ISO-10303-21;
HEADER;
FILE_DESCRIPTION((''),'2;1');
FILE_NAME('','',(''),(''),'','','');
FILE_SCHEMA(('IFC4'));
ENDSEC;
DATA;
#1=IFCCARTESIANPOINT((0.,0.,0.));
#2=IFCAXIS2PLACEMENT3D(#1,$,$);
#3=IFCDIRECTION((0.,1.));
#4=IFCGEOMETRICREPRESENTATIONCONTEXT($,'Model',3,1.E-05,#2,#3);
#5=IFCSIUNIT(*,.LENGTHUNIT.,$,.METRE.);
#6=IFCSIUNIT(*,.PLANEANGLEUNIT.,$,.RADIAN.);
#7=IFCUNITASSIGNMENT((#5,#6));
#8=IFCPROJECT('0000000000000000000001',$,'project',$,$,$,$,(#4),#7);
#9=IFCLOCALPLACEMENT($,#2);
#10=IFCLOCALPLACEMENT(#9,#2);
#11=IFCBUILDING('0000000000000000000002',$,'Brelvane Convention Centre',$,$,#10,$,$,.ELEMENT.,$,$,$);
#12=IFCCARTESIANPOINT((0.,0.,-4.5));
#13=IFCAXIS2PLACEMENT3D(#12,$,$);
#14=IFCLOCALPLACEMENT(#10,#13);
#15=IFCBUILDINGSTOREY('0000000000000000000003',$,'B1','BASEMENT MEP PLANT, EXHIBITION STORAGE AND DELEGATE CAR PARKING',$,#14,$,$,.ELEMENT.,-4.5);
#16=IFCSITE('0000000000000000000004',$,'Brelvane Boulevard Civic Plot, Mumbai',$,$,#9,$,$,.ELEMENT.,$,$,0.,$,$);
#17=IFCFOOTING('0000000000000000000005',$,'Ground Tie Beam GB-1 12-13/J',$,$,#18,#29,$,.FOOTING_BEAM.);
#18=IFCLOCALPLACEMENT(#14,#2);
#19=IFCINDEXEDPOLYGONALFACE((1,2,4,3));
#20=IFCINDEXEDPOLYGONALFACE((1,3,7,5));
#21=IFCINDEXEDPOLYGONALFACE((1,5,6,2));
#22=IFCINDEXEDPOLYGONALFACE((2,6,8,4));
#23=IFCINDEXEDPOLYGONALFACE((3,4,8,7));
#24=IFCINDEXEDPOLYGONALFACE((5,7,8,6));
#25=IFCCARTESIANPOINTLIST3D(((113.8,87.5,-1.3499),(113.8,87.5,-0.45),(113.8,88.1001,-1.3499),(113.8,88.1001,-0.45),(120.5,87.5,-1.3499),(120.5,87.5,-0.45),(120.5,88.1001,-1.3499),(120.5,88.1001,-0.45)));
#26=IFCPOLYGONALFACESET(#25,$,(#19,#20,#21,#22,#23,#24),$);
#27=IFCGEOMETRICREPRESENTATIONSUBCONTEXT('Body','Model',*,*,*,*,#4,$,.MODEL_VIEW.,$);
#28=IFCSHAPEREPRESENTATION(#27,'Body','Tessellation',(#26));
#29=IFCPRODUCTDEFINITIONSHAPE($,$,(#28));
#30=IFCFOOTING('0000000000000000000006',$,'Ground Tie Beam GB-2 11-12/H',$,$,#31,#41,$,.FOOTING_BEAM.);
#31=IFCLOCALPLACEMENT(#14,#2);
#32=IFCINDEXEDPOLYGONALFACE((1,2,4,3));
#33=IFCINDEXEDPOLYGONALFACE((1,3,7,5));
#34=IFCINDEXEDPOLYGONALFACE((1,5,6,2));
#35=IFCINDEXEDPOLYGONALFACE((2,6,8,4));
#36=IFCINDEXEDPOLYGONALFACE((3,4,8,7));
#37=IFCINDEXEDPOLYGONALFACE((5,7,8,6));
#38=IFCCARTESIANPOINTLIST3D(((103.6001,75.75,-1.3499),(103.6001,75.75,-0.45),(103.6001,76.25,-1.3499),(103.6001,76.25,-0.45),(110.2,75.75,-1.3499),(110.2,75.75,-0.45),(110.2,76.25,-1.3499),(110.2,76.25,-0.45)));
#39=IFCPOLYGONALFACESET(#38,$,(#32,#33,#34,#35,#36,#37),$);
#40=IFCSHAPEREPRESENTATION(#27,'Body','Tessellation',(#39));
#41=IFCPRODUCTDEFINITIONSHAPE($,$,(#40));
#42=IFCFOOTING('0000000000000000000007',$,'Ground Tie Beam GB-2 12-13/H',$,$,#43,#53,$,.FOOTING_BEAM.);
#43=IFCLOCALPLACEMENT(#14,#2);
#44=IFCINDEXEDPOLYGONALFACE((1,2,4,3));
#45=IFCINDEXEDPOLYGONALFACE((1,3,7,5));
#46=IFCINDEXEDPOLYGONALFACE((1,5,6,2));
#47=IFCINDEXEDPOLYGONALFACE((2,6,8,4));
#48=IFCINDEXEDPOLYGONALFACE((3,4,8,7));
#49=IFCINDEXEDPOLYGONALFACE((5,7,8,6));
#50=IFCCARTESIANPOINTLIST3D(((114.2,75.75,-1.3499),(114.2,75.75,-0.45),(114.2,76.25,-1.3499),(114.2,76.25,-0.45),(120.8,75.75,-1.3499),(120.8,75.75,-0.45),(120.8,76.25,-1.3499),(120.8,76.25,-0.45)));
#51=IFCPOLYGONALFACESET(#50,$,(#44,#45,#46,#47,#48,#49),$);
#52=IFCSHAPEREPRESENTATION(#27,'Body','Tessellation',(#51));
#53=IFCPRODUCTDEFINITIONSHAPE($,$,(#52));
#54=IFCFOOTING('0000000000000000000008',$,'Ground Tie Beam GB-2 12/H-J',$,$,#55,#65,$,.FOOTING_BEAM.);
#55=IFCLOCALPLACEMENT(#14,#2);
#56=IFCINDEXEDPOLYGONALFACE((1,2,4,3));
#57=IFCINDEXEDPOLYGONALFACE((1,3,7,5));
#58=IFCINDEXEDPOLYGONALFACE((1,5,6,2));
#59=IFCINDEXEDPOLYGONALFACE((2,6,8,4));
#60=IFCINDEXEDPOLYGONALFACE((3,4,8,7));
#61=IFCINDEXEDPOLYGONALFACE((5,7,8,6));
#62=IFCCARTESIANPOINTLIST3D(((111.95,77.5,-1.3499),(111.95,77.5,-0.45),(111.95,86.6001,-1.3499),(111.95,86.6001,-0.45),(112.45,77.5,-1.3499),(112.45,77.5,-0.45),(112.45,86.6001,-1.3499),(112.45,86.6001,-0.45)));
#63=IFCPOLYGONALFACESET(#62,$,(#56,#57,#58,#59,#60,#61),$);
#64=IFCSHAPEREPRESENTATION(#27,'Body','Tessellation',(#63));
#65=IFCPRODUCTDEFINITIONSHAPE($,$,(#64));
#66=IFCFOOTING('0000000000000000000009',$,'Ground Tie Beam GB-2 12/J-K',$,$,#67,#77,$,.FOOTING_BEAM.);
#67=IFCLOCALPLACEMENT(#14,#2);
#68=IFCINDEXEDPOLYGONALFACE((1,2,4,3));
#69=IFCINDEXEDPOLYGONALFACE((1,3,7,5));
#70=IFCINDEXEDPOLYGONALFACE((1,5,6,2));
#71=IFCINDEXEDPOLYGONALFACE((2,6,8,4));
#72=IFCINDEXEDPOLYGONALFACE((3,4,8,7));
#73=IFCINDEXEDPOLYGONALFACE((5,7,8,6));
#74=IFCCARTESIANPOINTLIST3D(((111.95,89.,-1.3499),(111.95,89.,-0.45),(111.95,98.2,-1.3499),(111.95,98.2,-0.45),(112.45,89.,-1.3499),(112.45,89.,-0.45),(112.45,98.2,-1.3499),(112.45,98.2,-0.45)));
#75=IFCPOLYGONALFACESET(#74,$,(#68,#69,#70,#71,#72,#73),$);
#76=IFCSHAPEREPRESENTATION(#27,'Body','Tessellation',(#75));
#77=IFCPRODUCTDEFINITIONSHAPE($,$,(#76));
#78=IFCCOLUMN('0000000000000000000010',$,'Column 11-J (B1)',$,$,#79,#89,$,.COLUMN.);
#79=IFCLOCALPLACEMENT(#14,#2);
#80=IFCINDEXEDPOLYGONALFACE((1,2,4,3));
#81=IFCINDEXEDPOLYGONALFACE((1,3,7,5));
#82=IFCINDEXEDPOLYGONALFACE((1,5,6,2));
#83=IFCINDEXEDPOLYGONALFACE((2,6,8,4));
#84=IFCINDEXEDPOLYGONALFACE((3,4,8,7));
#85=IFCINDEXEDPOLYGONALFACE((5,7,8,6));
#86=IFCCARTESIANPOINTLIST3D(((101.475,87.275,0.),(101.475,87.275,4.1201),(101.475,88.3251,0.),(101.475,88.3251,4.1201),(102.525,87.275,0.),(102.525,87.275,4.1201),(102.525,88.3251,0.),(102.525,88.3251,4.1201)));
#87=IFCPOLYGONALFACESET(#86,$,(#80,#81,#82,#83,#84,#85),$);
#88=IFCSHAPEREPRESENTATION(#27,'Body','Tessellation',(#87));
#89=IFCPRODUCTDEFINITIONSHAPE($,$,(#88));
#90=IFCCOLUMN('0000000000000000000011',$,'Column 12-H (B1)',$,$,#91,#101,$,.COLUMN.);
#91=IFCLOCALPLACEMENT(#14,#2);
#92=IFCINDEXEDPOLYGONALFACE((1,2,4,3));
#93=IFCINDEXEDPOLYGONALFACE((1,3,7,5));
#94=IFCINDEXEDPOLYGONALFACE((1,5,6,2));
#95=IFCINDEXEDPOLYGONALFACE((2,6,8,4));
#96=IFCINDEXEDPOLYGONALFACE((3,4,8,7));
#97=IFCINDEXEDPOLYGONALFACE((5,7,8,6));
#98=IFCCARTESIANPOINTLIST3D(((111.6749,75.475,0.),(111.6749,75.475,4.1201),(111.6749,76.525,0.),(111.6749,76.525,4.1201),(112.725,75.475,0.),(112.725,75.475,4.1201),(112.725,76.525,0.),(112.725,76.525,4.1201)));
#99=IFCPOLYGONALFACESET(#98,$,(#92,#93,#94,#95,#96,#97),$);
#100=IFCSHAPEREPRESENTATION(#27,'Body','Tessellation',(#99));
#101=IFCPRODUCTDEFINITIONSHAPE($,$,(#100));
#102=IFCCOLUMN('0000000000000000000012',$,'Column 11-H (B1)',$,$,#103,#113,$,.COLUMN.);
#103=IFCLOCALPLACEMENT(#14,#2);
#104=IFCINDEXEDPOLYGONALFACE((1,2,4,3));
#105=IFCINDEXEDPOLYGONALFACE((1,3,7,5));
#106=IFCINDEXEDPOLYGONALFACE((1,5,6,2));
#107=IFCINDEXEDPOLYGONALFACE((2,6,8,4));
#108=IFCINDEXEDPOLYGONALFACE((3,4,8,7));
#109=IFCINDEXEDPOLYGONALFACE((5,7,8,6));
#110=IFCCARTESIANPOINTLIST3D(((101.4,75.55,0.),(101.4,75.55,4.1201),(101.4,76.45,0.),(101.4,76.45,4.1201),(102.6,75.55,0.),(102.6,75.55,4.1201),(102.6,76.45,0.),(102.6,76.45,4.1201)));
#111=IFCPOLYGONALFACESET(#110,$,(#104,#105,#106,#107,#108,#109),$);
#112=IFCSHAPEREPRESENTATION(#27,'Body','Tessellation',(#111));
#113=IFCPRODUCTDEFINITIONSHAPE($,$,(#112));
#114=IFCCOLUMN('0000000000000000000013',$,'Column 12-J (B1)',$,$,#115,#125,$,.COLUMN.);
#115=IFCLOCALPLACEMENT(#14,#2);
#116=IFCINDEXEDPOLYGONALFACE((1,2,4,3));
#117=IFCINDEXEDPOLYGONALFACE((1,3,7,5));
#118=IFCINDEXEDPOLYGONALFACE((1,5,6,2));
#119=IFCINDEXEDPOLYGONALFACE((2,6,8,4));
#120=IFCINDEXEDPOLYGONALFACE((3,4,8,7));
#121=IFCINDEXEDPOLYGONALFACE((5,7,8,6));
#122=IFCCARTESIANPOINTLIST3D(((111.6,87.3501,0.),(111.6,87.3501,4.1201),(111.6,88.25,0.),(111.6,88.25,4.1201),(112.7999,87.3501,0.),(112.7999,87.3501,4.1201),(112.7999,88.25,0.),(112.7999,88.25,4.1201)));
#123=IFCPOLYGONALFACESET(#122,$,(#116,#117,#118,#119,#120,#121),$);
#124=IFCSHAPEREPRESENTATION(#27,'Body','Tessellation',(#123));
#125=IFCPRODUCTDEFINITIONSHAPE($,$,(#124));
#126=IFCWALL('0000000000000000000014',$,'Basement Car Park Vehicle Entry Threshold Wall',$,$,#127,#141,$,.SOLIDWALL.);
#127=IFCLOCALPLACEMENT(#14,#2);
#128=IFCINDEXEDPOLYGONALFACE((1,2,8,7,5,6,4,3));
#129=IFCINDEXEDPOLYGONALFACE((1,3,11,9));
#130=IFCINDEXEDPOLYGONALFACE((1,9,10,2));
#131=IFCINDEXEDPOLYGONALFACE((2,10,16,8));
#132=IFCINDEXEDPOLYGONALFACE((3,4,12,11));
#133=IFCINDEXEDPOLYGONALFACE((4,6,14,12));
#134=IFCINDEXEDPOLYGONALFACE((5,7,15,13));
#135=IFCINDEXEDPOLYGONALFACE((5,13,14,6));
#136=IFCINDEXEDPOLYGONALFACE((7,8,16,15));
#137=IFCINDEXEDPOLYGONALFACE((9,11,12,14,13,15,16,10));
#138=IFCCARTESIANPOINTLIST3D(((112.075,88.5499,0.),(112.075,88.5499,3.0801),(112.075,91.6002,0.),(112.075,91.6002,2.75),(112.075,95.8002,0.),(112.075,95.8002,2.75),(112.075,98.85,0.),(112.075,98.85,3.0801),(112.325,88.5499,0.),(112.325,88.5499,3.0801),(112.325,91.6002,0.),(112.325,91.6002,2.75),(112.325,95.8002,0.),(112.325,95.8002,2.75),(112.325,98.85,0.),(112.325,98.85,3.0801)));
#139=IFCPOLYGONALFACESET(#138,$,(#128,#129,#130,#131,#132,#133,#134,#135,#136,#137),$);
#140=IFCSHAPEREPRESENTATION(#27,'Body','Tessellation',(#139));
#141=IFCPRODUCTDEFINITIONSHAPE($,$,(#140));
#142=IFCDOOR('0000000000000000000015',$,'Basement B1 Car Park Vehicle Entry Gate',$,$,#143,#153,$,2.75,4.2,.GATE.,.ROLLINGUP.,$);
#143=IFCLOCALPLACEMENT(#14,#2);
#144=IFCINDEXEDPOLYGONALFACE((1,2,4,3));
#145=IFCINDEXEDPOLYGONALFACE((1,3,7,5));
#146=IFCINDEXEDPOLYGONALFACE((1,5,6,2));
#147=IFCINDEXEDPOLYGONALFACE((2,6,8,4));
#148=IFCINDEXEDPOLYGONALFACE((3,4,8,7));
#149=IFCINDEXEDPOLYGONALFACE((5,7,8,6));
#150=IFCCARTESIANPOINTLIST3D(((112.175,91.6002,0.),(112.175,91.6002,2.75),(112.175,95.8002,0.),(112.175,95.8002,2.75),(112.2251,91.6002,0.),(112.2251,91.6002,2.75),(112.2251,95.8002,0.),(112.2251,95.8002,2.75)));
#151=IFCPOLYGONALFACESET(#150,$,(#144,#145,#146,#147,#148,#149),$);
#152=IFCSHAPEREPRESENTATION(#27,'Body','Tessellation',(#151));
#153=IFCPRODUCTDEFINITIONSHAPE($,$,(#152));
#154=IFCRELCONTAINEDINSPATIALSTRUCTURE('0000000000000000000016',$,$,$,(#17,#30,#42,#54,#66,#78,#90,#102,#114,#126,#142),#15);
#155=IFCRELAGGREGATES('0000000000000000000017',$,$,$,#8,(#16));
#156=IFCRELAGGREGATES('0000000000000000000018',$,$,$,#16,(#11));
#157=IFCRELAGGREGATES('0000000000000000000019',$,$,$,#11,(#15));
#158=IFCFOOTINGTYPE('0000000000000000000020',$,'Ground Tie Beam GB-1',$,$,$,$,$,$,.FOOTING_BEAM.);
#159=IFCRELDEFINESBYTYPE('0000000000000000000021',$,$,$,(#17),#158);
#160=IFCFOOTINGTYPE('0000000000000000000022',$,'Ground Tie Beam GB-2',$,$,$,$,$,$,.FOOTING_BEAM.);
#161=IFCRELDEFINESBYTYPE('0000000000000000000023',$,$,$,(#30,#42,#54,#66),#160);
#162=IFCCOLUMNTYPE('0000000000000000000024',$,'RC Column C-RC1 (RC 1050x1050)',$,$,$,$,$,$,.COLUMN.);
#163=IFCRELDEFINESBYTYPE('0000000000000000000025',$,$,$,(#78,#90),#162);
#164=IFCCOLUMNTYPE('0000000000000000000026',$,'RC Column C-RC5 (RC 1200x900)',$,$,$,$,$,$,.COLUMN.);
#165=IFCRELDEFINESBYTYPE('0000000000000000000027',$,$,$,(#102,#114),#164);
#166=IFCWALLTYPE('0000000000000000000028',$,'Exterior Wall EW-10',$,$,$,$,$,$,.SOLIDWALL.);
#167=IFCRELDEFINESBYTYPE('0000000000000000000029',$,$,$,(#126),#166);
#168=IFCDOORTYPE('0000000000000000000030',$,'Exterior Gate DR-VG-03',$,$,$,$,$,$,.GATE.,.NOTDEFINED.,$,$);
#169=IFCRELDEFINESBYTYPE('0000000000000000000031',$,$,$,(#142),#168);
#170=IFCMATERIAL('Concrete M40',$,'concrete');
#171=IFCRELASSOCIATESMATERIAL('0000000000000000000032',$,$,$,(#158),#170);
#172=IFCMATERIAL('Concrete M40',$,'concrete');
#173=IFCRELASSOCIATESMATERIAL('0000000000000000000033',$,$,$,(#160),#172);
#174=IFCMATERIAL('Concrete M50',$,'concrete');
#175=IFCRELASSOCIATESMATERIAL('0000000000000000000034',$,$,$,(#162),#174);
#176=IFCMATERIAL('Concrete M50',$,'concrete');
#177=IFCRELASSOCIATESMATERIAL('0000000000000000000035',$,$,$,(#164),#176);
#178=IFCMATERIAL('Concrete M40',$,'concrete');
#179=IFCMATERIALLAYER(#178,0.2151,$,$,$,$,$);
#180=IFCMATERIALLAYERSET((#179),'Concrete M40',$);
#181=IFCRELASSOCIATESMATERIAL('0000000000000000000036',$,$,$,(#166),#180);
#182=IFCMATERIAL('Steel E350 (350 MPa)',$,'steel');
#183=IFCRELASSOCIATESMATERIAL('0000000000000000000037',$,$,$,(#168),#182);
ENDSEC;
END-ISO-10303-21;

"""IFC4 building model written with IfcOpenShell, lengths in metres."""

from ifc_helpers import new_model, si_unit, direction, frame, frame_2d, origin, origin_2d, place, context, subcontext, project, spatial, rectangle, extrude, material, layer, layer_set, material_profile, profile_set, type_object, element, fill, save


model = new_model("IFC4")

# Units and contexts
model_context = context("Model", 3, precision=1e-05, world=origin(), true_north=direction((0.0, 1.0)))
body_context = subcontext(model_context, "Body", "Model", "MODEL_VIEW")
ifc_project = project(units=[si_unit("LENGTHUNIT", "METRE"), si_unit("PLANEANGLEUNIT", "RADIAN")], contexts=[model_context])

# Site, building, storey
site_placement = place(None, origin())
site = spatial("IfcSite", under=ifc_project, at=site_placement, Name="Brelvane Boulevard Civic Plot, Mumbai", CompositionType="ELEMENT", RefElevation=0.0)
building_placement = place(site_placement, origin())
building = spatial("IfcBuilding", under=site, at=building_placement, Name="Brelvane Convention Centre", CompositionType="ELEMENT")
storey_placement = place(building_placement, frame((0.0, 0.0, -4.5)))
storey = spatial("IfcBuildingStorey", under=building, at=storey_placement, Name="B1", Description="BASEMENT MEP PLANT, EXHIBITION STORAGE AND DELEGATE CAR PARKING", CompositionType="ELEMENT", Elevation=-4.5)

# Footings
ifc_material_1 = material(Name="Concrete M40", Category="concrete")
ifc_material_profile_1 = material_profile(ifc_material_1, rectangle(XDim=0.6001, YDim=0.8999, at=origin_2d()), Name="RC 600x900")
ifc_profile_set_1 = profile_set([ifc_material_profile_1], Name="Concrete M40")
footing_type_1 = type_object("IfcFootingType", Name="Ground Tie Beam GB-1", PredefinedType="FOOTING_BEAM", material=ifc_profile_set_1)
footing_1_placement = place(storey_placement, frame((113.8, 87.8, -0.8999), z_axis=(1.0, 0.0, 0.0), x_axis=(0.0, 1.0, 0.0)))
element("IfcFooting", 1, at=footing_1_placement, inside=storey, type_object=footing_type_1, Name="Ground Tie Beam GB-1 12-13/J", PredefinedType="FOOTING_BEAM", context=body_context, shape_type="SweptSolid", body=[
    extrude(rectangle(XDim=0.6001, YDim=0.8999, at=origin_2d()), origin(), (0.0, 0.0, 1.0), 6.7),
])
ifc_material_2 = material(Name="Concrete M40", Category="concrete")
ifc_material_profile_2 = material_profile(ifc_material_2, rectangle(XDim=0.5, YDim=0.8999, at=origin_2d()), Name="RC 500x900")
ifc_profile_set_2 = profile_set([ifc_material_profile_2], Name="Concrete M40")
footing_type_2 = type_object("IfcFootingType", Name="Ground Tie Beam GB-2", PredefinedType="FOOTING_BEAM", material=ifc_profile_set_2)
footing_2_placement = place(storey_placement, frame((103.6001, 76.0, -0.8999), z_axis=(1.0, 0.0, 0.0), x_axis=(0.0, 1.0, 0.0)))
element("IfcFooting", 2, at=footing_2_placement, inside=storey, type_object=footing_type_2, Name="Ground Tie Beam GB-2 11-12/H", PredefinedType="FOOTING_BEAM", context=body_context, shape_type="SweptSolid", body=[
    extrude(rectangle(XDim=0.5, YDim=0.8999, at=origin_2d()), origin(), (0.0, 0.0, 1.0), 6.5999),
])
footing_3_placement = place(storey_placement, frame((114.2, 76.0, -0.8999), z_axis=(1.0, 0.0, 0.0), x_axis=(0.0, 1.0, 0.0)))
element("IfcFooting", 3, at=footing_3_placement, inside=storey, type_object=footing_type_2, Name="Ground Tie Beam GB-2 12-13/H", PredefinedType="FOOTING_BEAM", context=body_context, shape_type="SweptSolid", body=[
    extrude(rectangle(XDim=0.5, YDim=0.8999, at=origin_2d()), origin(), (0.0, 0.0, 1.0), 6.6001),
])
footing_4_placement = place(storey_placement, frame((112.2, 77.5, -0.8999), z_axis=(0.0, 1.0, 0.0), x_axis=(-1.0, 0.0, 0.0)))
element("IfcFooting", 4, at=footing_4_placement, inside=storey, type_object=footing_type_2, Name="Ground Tie Beam GB-2 12/H-J", PredefinedType="FOOTING_BEAM", context=body_context, shape_type="SweptSolid", body=[
    extrude(rectangle(XDim=0.5, YDim=0.8999, at=origin_2d()), origin(), (0.0, 0.0, 1.0), 9.1001),
])
footing_5_placement = place(storey_placement, frame((112.2, 89.0, -0.8999), z_axis=(0.0, 1.0, 0.0), x_axis=(-1.0, 0.0, 0.0)))
element("IfcFooting", 5, at=footing_5_placement, inside=storey, type_object=footing_type_2, Name="Ground Tie Beam GB-2 12/J-K", PredefinedType="FOOTING_BEAM", context=body_context, shape_type="SweptSolid", body=[
    extrude(rectangle(XDim=0.5, YDim=0.8999, at=origin_2d()), origin(), (0.0, 0.0, 1.0), 9.2),
])

# Columns
ifc_material_3 = material(Name="Concrete M50", Category="concrete")
ifc_material_profile_3 = material_profile(ifc_material_3, rectangle(XDim=1.05, YDim=1.05, at=origin_2d()), Name="RC 1050x1050")
ifc_profile_set_3 = profile_set([ifc_material_profile_3], Name="Concrete M50")
column_type_1 = type_object("IfcColumnType", Name="RC Column C-RC1 (RC 1050x1050)", PredefinedType="COLUMN", material=ifc_profile_set_3)
for number, where, z_axis, x_axis, name in (
    (6, (102.0, 87.8, 0.0), (0.0, 0.0, 1.0), (1.0, 0.0, 0.0), "Column 11-J (B1)"),
    (7, (112.2, 76.0, 0.0), (0.0, 0.0, 1.0), (1.0, 0.0, 0.0), "Column 12-H (B1)"),
):
    element("IfcColumn", number, at=place(storey_placement, frame(where, z_axis=z_axis, x_axis=x_axis)), inside=storey, type_object=column_type_1, Name=name, PredefinedType="COLUMN", context=body_context, shape_type="SweptSolid", body=[
        extrude(rectangle(XDim=1.05, YDim=1.05, at=origin_2d()), origin(), (0.0, 0.0, 1.0), 4.1201),
    ])
ifc_material_4 = material(Name="Concrete M50", Category="concrete")
ifc_material_profile_4 = material_profile(ifc_material_4, rectangle(XDim=1.2, YDim=0.8999, at=origin_2d()), Name="RC 1200x900")
ifc_profile_set_4 = profile_set([ifc_material_profile_4], Name="Concrete M50")
column_type_2 = type_object("IfcColumnType", Name="RC Column C-RC5 (RC 1200x900)", PredefinedType="COLUMN", material=ifc_profile_set_4)
for number, where, z_axis, x_axis, name in (
    (8, (102.0, 76.0, 0.0), (0.0, 0.0, 1.0), (1.0, 0.0, 0.0), "Column 11-H (B1)"),
    (9, (112.2, 87.8, 0.0), (0.0, 0.0, 1.0), (1.0, 0.0, 0.0), "Column 12-J (B1)"),
):
    element("IfcColumn", number, at=place(storey_placement, frame(where, z_axis=z_axis, x_axis=x_axis)), inside=storey, type_object=column_type_2, Name=name, PredefinedType="COLUMN", context=body_context, shape_type="SweptSolid", body=[
        extrude(rectangle(XDim=1.2, YDim=0.8999, at=origin_2d()), origin(), (0.0, 0.0, 1.0), 4.1201),
    ])

# Wall, opening, door
ifc_material_5 = material(Name="Concrete M40", Category="concrete")
ifc_layer_1 = layer(ifc_material_5, 0.2151)
ifc_layer_set_1 = layer_set([ifc_layer_1], Name="Concrete M40")
wall_type_1 = type_object("IfcWallType", Name="Exterior Wall EW-10", PredefinedType="SOLIDWALL", material=ifc_layer_set_1)
wall_1_placement = place(storey_placement, frame((112.2, 88.55, 0.0), z_axis=(0.0, 0.0, 1.0), x_axis=(0.0, 1.0, 0.0)))
wall_1 = element("IfcWall", 10, at=wall_1_placement, inside=storey, type_object=wall_type_1, Name="Basement Car Park Vehicle Entry Threshold Wall", PredefinedType="SOLIDWALL", context=body_context, shape_type="SweptSolid", body=[
    extrude(rectangle(XDim=10.3, YDim=0.25, at=frame_2d((5.1499, 0.0))), origin(), (0.0, 0.0, 1.0), 3.0801),
])
opening_1_placement = place(wall_1_placement, frame((3.05, 0.0, 0.0)))
opening_1 = element("IfcOpeningElement", 11, at=opening_1_placement, cuts=wall_1, PredefinedType="OPENING", context=body_context, shape_type="SweptSolid", body=[
    extrude(rectangle(XDim=4.2, YDim=2.75, at=frame_2d((2.1001, 1.375))), frame((0.0, 0.135, 0.0), z_axis=(0.0, -1.0, 0.0), x_axis=(1.0, 0.0, 0.0)), (0.0, 0.0, 1.0), 0.27),
])
ifc_material_6 = material(Name="Steel E350 (350 MPa)", Category="steel")
door_type_1 = type_object("IfcDoorType", Name="Exterior Gate DR-VG-03", OperationType="NOTDEFINED", PredefinedType="GATE", material=ifc_material_6)
door_1_placement = place(opening_1_placement, origin())
door_1 = element("IfcDoor", 12, at=door_1_placement, inside=storey, type_object=door_type_1, Name="Basement B1 Car Park Vehicle Entry Gate", OperationType="ROLLINGUP", OverallHeight=2.75, OverallWidth=4.2, PredefinedType="GATE", context=body_context, shape_type="SweptSolid", body=[
    extrude(rectangle(XDim=4.2, YDim=2.75, at=frame_2d((2.1001, 1.375))), frame((0.0, 0.0249, 0.0), z_axis=(0.0, -1.0, 0.0), x_axis=(1.0, 0.0, 0.0)), (0.0, 0.0, 1.0), 0.05),
])
fill(opening_1, door_1)

save(model, "model.ifc")
